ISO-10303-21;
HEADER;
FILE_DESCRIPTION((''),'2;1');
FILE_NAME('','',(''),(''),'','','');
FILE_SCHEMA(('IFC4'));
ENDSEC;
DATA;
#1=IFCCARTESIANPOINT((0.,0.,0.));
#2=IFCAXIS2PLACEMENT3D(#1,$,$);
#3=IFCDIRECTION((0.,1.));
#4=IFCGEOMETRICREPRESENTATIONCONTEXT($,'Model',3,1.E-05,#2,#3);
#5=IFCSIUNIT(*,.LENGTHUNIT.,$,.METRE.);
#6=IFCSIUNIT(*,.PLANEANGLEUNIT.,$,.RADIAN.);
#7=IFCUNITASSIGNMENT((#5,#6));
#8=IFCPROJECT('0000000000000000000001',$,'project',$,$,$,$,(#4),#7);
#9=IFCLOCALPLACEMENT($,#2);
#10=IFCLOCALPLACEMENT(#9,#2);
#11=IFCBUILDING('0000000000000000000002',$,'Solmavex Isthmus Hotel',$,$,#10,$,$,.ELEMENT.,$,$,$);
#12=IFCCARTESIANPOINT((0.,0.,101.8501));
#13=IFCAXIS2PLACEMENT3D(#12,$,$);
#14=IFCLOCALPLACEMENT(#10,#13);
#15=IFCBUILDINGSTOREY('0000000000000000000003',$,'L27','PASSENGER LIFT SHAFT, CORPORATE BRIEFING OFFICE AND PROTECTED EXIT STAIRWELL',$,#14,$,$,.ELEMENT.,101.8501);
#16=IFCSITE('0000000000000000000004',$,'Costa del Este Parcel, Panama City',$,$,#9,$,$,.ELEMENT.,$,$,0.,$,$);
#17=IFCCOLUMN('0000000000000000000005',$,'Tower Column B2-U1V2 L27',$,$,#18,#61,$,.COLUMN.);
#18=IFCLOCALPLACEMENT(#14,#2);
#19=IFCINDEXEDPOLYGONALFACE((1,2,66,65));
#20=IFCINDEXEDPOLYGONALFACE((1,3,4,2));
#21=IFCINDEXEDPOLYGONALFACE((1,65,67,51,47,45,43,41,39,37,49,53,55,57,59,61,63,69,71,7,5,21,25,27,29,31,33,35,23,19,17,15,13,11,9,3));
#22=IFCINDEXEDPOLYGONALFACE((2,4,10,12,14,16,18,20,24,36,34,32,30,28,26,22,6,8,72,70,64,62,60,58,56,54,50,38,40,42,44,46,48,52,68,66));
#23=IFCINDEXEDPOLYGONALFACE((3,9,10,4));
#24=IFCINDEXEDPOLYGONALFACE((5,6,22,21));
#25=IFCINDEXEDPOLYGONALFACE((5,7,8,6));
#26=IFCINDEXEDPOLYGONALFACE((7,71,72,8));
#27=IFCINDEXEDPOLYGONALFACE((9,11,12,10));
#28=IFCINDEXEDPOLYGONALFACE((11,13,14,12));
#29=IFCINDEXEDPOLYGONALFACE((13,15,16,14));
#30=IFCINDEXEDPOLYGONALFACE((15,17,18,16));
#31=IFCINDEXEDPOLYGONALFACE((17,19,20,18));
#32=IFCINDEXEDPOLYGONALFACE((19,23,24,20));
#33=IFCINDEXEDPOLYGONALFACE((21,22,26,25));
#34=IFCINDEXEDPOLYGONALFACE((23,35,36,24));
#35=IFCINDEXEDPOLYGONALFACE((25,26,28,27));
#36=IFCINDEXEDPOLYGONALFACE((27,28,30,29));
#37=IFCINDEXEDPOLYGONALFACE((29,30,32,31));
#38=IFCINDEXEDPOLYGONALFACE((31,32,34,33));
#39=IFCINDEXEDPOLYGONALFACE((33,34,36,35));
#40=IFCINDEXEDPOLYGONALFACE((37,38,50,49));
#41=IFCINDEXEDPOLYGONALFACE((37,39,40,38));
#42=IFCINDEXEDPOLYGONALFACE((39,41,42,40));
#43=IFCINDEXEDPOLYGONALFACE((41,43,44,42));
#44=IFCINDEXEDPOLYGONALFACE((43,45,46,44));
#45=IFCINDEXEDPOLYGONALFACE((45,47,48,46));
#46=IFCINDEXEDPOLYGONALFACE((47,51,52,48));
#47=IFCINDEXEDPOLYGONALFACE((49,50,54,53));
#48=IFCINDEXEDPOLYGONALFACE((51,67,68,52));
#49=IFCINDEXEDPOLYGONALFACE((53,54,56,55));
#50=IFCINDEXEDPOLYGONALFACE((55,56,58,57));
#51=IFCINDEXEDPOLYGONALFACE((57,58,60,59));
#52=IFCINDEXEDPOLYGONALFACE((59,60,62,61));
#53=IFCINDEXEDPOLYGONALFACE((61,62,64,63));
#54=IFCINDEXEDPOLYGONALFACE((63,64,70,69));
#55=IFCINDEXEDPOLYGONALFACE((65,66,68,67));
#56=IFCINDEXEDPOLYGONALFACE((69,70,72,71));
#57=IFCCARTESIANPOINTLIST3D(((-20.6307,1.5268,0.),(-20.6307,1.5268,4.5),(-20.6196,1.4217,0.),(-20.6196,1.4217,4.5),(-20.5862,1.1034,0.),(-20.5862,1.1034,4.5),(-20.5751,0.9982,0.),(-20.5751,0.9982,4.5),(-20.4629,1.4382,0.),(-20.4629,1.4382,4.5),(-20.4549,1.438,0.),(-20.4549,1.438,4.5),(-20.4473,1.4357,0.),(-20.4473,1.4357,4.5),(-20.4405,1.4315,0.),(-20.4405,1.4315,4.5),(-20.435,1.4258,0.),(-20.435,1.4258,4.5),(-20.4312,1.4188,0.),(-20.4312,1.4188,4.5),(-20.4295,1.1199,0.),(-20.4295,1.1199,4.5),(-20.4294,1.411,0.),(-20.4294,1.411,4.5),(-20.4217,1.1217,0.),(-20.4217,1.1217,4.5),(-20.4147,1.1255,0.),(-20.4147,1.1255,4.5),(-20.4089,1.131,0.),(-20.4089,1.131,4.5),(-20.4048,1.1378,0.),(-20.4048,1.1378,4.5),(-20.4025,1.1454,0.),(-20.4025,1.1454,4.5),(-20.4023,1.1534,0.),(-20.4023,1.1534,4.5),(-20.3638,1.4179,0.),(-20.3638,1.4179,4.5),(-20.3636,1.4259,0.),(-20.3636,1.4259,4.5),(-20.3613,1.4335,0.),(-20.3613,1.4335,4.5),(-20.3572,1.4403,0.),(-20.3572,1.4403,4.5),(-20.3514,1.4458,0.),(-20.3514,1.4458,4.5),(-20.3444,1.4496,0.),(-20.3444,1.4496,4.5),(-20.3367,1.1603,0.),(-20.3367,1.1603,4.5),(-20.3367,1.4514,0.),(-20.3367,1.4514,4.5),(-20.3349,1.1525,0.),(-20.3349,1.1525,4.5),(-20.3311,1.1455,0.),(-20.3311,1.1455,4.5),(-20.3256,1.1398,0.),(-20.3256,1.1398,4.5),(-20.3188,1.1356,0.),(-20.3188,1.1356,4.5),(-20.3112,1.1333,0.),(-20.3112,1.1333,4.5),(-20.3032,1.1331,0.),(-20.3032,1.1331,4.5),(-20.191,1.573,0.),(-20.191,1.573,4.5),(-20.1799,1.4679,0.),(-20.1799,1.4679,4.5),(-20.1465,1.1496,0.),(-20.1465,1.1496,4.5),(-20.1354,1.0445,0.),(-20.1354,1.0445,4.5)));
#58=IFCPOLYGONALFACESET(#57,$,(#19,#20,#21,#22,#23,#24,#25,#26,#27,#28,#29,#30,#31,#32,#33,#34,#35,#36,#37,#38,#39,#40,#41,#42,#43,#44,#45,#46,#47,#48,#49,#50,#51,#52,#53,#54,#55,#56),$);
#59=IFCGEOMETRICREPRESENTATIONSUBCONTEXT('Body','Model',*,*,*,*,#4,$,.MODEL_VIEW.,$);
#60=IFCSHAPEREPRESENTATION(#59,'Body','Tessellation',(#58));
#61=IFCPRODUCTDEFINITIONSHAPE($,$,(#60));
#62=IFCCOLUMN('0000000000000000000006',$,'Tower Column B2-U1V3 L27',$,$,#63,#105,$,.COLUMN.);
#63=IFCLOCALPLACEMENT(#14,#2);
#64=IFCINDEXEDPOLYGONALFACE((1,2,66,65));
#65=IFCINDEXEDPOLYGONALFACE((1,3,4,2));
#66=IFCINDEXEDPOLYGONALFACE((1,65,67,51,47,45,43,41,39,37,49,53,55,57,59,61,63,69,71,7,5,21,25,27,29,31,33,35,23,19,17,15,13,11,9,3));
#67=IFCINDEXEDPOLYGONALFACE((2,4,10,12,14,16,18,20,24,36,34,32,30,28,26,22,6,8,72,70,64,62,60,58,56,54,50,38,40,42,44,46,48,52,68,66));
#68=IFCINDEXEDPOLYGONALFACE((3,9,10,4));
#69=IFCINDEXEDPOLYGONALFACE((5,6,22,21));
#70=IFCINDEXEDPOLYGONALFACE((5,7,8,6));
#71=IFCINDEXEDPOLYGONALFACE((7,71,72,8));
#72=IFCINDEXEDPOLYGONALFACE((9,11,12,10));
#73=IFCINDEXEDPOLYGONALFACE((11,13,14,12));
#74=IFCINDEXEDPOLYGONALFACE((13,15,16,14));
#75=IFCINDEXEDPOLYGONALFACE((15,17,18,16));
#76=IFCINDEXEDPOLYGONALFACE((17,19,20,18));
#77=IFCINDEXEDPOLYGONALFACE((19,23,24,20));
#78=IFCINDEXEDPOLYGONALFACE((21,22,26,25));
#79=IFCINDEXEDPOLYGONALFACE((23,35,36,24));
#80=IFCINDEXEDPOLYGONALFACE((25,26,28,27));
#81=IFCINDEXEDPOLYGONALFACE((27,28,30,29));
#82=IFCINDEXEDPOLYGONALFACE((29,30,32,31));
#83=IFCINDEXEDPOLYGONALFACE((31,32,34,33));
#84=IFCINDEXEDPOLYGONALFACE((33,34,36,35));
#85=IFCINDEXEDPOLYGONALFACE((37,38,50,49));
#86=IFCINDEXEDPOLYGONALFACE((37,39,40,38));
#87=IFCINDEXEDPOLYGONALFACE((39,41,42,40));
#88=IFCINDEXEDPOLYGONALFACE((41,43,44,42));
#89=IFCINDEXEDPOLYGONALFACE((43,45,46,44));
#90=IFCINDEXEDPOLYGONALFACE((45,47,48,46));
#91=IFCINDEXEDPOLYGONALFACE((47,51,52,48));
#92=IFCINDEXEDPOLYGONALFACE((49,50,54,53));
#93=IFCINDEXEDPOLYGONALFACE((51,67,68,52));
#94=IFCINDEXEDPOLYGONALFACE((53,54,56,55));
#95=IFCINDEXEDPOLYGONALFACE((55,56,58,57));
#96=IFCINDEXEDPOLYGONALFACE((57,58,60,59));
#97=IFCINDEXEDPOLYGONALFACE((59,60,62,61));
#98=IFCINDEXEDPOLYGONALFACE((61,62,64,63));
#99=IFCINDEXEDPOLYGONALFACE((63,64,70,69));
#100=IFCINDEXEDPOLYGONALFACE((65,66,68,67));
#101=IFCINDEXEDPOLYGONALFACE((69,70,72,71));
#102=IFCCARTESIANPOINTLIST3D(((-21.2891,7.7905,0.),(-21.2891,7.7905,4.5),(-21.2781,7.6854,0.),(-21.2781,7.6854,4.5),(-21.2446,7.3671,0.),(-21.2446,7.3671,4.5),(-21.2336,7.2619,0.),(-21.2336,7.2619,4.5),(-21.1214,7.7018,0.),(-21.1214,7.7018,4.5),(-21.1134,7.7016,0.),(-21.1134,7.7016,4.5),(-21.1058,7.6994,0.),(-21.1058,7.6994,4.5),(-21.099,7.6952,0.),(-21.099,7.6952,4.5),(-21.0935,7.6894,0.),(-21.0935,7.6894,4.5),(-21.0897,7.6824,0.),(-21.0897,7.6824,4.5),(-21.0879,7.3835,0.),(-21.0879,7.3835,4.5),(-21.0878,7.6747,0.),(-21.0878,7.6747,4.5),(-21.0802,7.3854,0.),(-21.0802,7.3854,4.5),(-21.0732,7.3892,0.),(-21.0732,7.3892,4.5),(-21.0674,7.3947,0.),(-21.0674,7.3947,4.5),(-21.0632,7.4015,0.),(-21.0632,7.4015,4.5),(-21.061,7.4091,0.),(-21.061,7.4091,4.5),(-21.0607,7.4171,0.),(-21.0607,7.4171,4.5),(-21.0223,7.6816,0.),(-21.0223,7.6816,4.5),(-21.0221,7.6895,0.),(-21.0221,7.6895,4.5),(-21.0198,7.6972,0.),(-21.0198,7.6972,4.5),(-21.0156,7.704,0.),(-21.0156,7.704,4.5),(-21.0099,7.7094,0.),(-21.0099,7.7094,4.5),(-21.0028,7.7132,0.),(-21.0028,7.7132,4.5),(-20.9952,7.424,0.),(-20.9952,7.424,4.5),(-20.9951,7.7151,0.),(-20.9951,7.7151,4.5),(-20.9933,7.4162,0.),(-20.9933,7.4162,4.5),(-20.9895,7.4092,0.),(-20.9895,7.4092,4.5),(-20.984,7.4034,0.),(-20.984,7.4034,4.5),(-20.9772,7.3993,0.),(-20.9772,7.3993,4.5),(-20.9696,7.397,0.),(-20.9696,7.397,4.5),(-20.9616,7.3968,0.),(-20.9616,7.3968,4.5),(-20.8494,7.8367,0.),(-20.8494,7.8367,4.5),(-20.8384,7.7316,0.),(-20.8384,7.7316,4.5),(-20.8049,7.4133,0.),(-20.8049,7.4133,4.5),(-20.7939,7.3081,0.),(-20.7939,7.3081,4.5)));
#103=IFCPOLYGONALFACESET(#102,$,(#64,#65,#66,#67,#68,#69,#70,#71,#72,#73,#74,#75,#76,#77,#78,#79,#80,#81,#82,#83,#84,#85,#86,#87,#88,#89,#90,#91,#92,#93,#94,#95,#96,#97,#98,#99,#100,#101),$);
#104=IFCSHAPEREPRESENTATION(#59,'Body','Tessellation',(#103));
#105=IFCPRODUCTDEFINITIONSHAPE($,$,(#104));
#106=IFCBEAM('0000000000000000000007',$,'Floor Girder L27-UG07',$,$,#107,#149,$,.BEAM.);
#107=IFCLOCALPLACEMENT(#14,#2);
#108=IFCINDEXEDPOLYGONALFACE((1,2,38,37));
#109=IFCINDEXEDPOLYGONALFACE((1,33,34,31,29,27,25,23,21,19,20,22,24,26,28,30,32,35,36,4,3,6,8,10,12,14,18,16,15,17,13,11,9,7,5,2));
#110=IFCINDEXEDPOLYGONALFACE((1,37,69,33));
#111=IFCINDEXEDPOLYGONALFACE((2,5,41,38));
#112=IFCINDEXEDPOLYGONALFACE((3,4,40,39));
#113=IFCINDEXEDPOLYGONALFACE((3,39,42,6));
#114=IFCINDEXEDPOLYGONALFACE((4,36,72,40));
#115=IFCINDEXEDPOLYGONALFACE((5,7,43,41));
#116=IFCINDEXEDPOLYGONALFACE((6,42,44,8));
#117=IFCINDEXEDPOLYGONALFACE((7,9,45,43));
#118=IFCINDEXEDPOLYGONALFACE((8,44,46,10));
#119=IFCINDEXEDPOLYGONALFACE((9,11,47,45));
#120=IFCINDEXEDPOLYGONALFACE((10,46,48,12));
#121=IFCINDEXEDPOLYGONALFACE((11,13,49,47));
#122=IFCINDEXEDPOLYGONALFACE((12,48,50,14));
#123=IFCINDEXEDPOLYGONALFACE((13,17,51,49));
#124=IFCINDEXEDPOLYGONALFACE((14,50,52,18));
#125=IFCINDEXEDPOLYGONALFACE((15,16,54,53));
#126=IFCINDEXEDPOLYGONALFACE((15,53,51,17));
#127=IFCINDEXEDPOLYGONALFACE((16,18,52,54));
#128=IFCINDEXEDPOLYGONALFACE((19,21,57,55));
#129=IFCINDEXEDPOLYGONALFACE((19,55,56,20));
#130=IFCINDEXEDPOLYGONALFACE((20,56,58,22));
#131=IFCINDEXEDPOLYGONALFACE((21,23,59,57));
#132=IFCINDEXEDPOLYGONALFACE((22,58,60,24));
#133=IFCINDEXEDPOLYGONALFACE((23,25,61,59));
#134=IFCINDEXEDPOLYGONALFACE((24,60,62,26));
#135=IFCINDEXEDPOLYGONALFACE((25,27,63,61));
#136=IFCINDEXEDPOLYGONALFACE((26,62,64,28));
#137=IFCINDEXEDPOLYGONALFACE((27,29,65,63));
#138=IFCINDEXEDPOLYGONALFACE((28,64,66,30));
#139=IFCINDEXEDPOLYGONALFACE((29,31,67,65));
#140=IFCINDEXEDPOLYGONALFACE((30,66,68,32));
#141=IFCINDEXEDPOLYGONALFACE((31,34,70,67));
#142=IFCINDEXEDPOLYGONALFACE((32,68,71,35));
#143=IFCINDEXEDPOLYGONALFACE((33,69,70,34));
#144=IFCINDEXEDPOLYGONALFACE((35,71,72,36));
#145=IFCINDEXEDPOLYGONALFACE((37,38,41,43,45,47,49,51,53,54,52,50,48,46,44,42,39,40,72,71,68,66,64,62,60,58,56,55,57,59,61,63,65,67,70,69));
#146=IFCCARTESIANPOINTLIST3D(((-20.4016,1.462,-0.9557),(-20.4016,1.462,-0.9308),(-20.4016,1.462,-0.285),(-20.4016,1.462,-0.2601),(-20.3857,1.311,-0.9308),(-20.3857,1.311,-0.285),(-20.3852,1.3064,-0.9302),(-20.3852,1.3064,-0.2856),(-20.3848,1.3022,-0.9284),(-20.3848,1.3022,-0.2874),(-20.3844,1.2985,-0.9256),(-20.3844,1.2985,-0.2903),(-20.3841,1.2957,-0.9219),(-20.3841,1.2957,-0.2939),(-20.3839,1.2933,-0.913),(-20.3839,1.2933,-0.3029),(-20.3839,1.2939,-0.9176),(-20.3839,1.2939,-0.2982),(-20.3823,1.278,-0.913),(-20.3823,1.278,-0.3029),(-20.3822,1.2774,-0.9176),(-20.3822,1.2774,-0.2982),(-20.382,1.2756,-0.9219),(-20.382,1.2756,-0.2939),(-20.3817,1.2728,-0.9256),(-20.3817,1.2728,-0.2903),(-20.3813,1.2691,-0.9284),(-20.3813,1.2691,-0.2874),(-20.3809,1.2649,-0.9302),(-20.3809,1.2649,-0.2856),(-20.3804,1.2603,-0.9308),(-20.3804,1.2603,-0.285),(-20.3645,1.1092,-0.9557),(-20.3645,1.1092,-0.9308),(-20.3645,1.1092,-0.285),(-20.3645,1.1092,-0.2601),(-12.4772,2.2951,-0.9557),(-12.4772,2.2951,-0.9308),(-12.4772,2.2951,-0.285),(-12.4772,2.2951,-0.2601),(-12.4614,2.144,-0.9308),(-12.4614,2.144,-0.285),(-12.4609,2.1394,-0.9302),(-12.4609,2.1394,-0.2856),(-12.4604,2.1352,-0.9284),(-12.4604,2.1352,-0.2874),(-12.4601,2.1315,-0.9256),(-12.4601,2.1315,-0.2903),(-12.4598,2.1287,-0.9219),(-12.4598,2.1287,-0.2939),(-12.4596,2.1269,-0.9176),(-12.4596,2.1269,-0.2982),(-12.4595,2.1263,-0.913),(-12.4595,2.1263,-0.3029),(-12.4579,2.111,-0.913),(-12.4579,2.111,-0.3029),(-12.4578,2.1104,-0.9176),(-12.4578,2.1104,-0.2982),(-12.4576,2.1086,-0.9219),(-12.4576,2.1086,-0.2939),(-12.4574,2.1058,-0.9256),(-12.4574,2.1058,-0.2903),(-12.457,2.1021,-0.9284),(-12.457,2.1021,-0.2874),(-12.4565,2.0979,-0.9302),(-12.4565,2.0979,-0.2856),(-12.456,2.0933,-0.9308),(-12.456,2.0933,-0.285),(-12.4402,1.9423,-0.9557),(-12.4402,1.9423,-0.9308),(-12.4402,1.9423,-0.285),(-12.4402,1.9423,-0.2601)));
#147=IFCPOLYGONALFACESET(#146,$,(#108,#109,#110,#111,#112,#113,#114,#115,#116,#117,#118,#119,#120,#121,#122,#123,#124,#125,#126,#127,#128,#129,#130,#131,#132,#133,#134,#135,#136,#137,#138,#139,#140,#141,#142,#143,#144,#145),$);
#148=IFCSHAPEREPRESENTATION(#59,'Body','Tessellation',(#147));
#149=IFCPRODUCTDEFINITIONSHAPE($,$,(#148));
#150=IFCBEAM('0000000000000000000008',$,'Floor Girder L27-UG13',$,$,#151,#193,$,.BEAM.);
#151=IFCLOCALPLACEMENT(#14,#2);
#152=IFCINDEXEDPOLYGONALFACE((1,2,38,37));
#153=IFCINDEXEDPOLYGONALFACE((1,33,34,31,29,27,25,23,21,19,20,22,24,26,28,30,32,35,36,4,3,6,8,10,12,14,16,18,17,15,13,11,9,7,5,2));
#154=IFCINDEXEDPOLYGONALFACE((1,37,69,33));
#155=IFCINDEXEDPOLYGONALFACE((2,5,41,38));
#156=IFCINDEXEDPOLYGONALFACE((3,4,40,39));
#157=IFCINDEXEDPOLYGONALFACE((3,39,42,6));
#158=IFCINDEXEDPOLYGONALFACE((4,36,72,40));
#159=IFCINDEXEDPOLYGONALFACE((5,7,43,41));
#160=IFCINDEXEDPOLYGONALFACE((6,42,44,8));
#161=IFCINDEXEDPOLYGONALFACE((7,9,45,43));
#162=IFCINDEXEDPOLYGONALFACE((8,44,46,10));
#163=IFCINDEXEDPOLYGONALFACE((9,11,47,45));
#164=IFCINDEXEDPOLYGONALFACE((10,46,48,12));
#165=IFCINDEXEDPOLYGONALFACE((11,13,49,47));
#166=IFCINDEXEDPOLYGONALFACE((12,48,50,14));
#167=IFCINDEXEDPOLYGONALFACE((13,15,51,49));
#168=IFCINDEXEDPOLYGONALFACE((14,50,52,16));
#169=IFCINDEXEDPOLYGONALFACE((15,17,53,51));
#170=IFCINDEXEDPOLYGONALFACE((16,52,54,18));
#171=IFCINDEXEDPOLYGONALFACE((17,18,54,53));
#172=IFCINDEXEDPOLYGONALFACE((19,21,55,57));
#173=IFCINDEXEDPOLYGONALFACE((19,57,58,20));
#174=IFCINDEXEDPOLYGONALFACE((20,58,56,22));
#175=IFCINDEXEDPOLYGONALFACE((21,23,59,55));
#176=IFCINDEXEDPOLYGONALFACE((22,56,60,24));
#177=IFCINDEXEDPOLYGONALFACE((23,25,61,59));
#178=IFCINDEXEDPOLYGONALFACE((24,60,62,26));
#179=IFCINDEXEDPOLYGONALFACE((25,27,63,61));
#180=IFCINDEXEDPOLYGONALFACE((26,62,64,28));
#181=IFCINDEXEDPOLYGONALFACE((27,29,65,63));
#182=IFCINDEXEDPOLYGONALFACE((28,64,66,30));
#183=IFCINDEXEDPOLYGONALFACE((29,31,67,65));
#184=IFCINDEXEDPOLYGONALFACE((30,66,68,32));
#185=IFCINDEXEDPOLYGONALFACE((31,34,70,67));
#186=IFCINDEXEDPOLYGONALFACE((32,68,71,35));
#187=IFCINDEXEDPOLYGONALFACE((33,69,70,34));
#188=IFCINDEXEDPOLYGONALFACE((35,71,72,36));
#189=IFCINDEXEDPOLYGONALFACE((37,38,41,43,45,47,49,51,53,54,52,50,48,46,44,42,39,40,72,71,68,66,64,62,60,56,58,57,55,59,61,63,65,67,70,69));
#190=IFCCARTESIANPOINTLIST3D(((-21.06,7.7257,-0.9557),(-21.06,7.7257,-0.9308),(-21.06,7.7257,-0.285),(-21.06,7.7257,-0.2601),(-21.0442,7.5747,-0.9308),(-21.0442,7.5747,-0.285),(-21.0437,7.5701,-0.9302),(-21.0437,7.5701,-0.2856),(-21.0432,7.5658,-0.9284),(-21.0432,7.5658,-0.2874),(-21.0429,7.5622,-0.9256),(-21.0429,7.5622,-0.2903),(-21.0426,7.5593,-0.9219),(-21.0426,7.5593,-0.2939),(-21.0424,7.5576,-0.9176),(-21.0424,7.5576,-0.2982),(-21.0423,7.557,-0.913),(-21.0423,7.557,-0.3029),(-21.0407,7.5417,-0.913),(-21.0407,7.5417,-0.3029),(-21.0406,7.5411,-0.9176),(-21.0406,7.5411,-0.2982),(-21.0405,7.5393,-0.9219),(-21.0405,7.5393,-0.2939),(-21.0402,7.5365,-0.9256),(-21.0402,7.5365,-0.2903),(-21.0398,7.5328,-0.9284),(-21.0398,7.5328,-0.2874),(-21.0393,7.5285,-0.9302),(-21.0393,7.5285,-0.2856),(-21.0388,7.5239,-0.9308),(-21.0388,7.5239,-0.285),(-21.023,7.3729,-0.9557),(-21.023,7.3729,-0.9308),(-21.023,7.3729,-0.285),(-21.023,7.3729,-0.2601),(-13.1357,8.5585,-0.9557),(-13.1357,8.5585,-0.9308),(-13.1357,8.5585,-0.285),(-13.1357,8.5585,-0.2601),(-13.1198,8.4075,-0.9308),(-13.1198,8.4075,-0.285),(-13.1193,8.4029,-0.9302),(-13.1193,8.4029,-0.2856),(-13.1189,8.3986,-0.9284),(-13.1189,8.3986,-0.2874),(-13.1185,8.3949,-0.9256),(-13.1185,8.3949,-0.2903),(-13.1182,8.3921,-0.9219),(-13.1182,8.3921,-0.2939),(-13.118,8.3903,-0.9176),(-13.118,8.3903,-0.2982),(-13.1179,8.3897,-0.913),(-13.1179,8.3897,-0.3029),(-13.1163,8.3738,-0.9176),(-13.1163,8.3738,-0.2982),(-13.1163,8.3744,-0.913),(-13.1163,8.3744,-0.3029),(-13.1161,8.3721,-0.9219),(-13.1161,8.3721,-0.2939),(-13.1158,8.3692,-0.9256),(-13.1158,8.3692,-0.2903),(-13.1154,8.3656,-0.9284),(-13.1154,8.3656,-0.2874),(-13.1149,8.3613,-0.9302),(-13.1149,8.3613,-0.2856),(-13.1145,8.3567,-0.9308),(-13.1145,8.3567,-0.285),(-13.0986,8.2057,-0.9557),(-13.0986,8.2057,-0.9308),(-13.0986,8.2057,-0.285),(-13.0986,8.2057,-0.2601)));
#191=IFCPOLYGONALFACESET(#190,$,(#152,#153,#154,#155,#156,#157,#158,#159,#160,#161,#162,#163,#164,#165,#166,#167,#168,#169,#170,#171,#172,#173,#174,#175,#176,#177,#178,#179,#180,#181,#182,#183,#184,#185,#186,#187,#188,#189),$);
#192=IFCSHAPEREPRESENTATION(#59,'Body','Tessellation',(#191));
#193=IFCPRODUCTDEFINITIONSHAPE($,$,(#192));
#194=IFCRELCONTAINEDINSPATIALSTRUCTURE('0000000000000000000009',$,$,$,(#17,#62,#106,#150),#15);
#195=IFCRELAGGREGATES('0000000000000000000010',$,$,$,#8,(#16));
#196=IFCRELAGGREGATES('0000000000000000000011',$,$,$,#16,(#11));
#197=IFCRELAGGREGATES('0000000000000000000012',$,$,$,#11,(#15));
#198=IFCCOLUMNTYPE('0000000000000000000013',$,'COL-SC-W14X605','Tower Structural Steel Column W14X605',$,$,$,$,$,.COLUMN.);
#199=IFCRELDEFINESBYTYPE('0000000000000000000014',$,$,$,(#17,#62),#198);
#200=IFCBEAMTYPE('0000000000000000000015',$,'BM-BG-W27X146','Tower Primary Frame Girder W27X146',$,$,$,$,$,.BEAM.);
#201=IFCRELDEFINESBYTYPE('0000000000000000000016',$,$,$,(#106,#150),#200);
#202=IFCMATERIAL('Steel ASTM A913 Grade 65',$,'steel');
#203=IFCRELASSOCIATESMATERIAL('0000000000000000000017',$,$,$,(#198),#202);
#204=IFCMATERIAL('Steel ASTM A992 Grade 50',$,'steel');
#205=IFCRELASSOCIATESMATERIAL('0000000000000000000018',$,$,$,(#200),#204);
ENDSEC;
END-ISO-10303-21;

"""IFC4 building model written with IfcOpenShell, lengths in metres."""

from ifc_helpers import new_model, si_unit, direction, frame, origin, origin_2d, place, context, subcontext, project, spatial, i_section, extrude, material, material_profile, profile_set, type_object, element, save


model = new_model("IFC4")

# Units and contexts
model_context = context("Model", 3, precision=1e-05, world=origin(), true_north=direction((0.0, 1.0)))
body_context = subcontext(model_context, "Body", "Model", "MODEL_VIEW")
ifc_project = project(units=[si_unit("LENGTHUNIT", "METRE"), si_unit("PLANEANGLEUNIT", "RADIAN")], contexts=[model_context])

# Site, building, storey
site_placement = place(None, origin())
site = spatial("IfcSite", under=ifc_project, at=site_placement, Name="Costa del Este Parcel, Panama City", CompositionType="ELEMENT", RefElevation=0.0)
building_placement = place(site_placement, origin())
building = spatial("IfcBuilding", under=site, at=building_placement, Name="Solmavex Isthmus Hotel", CompositionType="ELEMENT")
storey_placement = place(building_placement, frame((0.0, 0.0, 101.8501)))
storey = spatial("IfcBuildingStorey", under=building, at=storey_placement, Name="L27", Description="PASSENGER LIFT SHAFT, CORPORATE BRIEFING OFFICE AND PROTECTED EXIT STAIRWELL", CompositionType="ELEMENT", Elevation=101.8501)

# Columns
ifc_material_1 = material(Name="Steel ASTM A913 Grade 65", Category="steel")
ifc_material_profile_1 = material_profile(ifc_material_1, i_section(OverallWidth=0.4421, OverallDepth=0.5315, WebThickness=0.0659, FlangeThickness=0.1057, FilletRadius=0.0305, at=origin_2d()), Name="W14X605")
ifc_profile_set_1 = profile_set([ifc_material_profile_1], Name="Steel ASTM A913 Grade 65")
column_type = type_object("IfcColumnType", Name="COL-SC-W14X605", Description="Tower Structural Steel Column W14X605", PredefinedType="COLUMN", material=ifc_profile_set_1)
for number, where, z_axis, x_axis, name in (
    (1, (-20.3831, 1.2856, 0.0), (0.0, 0.0, 1.0), (0.994522, 0.104528, 0.0), "Tower Column B2-U1V2 L27"),
    (2, (-21.0415, 7.5493, 0.0), (0.0, 0.0, 1.0), (0.994522, 0.104528, 0.0), "Tower Column B2-U1V3 L27"),
):
    element("IfcColumn", number, at=place(storey_placement, frame(where, z_axis=z_axis, x_axis=x_axis)), inside=storey, type_object=column_type, Name=name, PredefinedType="COLUMN", context=body_context, shape_type="SweptSolid", body=[
        extrude(i_section(OverallWidth=0.4421, OverallDepth=0.5315, WebThickness=0.0659, FlangeThickness=0.1057, FilletRadius=0.0305, at=origin_2d()), origin(), (0.0, 0.0, 1.0), 4.5),
    ])

# Beams
ifc_material_2 = material(Name="Steel ASTM A992 Grade 50", Category="steel")
ifc_material_profile_2 = material_profile(ifc_material_2, i_section(OverallWidth=0.3547, OverallDepth=0.6956, WebThickness=0.0154, FlangeThickness=0.0249, FilletRadius=0.0178, at=origin_2d()), Name="W27X146")
ifc_profile_set_2 = profile_set([ifc_material_profile_2], Name="Steel ASTM A992 Grade 50")
beam_type_1 = type_object("IfcBeamType", Name="BM-BG-W27X146", Description="Tower Primary Frame Girder W27X146", PredefinedType="BEAM", material=ifc_profile_set_2)
for number, where, z_axis, x_axis, name in (
    (3, (-20.3831, 1.2856, -0.6079), (0.99452, 0.104544, 0.0), (-0.104544, 0.99452, 0.0), "Floor Girder L27-UG07"),
    (4, (-21.0415, 7.5493, -0.6079), (0.994523, 0.104514, 0.0), (-0.104514, 0.994523, 0.0), "Floor Girder L27-UG13"),
):
    element("IfcBeam", number, at=place(storey_placement, frame(where, z_axis=z_axis, x_axis=x_axis)), inside=storey, type_object=beam_type_1, Name=name, PredefinedType="BEAM", context=body_context, shape_type="SweptSolid", body=[
        extrude(i_section(OverallWidth=0.3547, OverallDepth=0.6956, WebThickness=0.0154, FlangeThickness=0.0249, FilletRadius=0.0178, at=origin_2d()), origin(), (0.0, 0.0, 1.0), 7.968),
    ])

save(model, "model.ifc")
